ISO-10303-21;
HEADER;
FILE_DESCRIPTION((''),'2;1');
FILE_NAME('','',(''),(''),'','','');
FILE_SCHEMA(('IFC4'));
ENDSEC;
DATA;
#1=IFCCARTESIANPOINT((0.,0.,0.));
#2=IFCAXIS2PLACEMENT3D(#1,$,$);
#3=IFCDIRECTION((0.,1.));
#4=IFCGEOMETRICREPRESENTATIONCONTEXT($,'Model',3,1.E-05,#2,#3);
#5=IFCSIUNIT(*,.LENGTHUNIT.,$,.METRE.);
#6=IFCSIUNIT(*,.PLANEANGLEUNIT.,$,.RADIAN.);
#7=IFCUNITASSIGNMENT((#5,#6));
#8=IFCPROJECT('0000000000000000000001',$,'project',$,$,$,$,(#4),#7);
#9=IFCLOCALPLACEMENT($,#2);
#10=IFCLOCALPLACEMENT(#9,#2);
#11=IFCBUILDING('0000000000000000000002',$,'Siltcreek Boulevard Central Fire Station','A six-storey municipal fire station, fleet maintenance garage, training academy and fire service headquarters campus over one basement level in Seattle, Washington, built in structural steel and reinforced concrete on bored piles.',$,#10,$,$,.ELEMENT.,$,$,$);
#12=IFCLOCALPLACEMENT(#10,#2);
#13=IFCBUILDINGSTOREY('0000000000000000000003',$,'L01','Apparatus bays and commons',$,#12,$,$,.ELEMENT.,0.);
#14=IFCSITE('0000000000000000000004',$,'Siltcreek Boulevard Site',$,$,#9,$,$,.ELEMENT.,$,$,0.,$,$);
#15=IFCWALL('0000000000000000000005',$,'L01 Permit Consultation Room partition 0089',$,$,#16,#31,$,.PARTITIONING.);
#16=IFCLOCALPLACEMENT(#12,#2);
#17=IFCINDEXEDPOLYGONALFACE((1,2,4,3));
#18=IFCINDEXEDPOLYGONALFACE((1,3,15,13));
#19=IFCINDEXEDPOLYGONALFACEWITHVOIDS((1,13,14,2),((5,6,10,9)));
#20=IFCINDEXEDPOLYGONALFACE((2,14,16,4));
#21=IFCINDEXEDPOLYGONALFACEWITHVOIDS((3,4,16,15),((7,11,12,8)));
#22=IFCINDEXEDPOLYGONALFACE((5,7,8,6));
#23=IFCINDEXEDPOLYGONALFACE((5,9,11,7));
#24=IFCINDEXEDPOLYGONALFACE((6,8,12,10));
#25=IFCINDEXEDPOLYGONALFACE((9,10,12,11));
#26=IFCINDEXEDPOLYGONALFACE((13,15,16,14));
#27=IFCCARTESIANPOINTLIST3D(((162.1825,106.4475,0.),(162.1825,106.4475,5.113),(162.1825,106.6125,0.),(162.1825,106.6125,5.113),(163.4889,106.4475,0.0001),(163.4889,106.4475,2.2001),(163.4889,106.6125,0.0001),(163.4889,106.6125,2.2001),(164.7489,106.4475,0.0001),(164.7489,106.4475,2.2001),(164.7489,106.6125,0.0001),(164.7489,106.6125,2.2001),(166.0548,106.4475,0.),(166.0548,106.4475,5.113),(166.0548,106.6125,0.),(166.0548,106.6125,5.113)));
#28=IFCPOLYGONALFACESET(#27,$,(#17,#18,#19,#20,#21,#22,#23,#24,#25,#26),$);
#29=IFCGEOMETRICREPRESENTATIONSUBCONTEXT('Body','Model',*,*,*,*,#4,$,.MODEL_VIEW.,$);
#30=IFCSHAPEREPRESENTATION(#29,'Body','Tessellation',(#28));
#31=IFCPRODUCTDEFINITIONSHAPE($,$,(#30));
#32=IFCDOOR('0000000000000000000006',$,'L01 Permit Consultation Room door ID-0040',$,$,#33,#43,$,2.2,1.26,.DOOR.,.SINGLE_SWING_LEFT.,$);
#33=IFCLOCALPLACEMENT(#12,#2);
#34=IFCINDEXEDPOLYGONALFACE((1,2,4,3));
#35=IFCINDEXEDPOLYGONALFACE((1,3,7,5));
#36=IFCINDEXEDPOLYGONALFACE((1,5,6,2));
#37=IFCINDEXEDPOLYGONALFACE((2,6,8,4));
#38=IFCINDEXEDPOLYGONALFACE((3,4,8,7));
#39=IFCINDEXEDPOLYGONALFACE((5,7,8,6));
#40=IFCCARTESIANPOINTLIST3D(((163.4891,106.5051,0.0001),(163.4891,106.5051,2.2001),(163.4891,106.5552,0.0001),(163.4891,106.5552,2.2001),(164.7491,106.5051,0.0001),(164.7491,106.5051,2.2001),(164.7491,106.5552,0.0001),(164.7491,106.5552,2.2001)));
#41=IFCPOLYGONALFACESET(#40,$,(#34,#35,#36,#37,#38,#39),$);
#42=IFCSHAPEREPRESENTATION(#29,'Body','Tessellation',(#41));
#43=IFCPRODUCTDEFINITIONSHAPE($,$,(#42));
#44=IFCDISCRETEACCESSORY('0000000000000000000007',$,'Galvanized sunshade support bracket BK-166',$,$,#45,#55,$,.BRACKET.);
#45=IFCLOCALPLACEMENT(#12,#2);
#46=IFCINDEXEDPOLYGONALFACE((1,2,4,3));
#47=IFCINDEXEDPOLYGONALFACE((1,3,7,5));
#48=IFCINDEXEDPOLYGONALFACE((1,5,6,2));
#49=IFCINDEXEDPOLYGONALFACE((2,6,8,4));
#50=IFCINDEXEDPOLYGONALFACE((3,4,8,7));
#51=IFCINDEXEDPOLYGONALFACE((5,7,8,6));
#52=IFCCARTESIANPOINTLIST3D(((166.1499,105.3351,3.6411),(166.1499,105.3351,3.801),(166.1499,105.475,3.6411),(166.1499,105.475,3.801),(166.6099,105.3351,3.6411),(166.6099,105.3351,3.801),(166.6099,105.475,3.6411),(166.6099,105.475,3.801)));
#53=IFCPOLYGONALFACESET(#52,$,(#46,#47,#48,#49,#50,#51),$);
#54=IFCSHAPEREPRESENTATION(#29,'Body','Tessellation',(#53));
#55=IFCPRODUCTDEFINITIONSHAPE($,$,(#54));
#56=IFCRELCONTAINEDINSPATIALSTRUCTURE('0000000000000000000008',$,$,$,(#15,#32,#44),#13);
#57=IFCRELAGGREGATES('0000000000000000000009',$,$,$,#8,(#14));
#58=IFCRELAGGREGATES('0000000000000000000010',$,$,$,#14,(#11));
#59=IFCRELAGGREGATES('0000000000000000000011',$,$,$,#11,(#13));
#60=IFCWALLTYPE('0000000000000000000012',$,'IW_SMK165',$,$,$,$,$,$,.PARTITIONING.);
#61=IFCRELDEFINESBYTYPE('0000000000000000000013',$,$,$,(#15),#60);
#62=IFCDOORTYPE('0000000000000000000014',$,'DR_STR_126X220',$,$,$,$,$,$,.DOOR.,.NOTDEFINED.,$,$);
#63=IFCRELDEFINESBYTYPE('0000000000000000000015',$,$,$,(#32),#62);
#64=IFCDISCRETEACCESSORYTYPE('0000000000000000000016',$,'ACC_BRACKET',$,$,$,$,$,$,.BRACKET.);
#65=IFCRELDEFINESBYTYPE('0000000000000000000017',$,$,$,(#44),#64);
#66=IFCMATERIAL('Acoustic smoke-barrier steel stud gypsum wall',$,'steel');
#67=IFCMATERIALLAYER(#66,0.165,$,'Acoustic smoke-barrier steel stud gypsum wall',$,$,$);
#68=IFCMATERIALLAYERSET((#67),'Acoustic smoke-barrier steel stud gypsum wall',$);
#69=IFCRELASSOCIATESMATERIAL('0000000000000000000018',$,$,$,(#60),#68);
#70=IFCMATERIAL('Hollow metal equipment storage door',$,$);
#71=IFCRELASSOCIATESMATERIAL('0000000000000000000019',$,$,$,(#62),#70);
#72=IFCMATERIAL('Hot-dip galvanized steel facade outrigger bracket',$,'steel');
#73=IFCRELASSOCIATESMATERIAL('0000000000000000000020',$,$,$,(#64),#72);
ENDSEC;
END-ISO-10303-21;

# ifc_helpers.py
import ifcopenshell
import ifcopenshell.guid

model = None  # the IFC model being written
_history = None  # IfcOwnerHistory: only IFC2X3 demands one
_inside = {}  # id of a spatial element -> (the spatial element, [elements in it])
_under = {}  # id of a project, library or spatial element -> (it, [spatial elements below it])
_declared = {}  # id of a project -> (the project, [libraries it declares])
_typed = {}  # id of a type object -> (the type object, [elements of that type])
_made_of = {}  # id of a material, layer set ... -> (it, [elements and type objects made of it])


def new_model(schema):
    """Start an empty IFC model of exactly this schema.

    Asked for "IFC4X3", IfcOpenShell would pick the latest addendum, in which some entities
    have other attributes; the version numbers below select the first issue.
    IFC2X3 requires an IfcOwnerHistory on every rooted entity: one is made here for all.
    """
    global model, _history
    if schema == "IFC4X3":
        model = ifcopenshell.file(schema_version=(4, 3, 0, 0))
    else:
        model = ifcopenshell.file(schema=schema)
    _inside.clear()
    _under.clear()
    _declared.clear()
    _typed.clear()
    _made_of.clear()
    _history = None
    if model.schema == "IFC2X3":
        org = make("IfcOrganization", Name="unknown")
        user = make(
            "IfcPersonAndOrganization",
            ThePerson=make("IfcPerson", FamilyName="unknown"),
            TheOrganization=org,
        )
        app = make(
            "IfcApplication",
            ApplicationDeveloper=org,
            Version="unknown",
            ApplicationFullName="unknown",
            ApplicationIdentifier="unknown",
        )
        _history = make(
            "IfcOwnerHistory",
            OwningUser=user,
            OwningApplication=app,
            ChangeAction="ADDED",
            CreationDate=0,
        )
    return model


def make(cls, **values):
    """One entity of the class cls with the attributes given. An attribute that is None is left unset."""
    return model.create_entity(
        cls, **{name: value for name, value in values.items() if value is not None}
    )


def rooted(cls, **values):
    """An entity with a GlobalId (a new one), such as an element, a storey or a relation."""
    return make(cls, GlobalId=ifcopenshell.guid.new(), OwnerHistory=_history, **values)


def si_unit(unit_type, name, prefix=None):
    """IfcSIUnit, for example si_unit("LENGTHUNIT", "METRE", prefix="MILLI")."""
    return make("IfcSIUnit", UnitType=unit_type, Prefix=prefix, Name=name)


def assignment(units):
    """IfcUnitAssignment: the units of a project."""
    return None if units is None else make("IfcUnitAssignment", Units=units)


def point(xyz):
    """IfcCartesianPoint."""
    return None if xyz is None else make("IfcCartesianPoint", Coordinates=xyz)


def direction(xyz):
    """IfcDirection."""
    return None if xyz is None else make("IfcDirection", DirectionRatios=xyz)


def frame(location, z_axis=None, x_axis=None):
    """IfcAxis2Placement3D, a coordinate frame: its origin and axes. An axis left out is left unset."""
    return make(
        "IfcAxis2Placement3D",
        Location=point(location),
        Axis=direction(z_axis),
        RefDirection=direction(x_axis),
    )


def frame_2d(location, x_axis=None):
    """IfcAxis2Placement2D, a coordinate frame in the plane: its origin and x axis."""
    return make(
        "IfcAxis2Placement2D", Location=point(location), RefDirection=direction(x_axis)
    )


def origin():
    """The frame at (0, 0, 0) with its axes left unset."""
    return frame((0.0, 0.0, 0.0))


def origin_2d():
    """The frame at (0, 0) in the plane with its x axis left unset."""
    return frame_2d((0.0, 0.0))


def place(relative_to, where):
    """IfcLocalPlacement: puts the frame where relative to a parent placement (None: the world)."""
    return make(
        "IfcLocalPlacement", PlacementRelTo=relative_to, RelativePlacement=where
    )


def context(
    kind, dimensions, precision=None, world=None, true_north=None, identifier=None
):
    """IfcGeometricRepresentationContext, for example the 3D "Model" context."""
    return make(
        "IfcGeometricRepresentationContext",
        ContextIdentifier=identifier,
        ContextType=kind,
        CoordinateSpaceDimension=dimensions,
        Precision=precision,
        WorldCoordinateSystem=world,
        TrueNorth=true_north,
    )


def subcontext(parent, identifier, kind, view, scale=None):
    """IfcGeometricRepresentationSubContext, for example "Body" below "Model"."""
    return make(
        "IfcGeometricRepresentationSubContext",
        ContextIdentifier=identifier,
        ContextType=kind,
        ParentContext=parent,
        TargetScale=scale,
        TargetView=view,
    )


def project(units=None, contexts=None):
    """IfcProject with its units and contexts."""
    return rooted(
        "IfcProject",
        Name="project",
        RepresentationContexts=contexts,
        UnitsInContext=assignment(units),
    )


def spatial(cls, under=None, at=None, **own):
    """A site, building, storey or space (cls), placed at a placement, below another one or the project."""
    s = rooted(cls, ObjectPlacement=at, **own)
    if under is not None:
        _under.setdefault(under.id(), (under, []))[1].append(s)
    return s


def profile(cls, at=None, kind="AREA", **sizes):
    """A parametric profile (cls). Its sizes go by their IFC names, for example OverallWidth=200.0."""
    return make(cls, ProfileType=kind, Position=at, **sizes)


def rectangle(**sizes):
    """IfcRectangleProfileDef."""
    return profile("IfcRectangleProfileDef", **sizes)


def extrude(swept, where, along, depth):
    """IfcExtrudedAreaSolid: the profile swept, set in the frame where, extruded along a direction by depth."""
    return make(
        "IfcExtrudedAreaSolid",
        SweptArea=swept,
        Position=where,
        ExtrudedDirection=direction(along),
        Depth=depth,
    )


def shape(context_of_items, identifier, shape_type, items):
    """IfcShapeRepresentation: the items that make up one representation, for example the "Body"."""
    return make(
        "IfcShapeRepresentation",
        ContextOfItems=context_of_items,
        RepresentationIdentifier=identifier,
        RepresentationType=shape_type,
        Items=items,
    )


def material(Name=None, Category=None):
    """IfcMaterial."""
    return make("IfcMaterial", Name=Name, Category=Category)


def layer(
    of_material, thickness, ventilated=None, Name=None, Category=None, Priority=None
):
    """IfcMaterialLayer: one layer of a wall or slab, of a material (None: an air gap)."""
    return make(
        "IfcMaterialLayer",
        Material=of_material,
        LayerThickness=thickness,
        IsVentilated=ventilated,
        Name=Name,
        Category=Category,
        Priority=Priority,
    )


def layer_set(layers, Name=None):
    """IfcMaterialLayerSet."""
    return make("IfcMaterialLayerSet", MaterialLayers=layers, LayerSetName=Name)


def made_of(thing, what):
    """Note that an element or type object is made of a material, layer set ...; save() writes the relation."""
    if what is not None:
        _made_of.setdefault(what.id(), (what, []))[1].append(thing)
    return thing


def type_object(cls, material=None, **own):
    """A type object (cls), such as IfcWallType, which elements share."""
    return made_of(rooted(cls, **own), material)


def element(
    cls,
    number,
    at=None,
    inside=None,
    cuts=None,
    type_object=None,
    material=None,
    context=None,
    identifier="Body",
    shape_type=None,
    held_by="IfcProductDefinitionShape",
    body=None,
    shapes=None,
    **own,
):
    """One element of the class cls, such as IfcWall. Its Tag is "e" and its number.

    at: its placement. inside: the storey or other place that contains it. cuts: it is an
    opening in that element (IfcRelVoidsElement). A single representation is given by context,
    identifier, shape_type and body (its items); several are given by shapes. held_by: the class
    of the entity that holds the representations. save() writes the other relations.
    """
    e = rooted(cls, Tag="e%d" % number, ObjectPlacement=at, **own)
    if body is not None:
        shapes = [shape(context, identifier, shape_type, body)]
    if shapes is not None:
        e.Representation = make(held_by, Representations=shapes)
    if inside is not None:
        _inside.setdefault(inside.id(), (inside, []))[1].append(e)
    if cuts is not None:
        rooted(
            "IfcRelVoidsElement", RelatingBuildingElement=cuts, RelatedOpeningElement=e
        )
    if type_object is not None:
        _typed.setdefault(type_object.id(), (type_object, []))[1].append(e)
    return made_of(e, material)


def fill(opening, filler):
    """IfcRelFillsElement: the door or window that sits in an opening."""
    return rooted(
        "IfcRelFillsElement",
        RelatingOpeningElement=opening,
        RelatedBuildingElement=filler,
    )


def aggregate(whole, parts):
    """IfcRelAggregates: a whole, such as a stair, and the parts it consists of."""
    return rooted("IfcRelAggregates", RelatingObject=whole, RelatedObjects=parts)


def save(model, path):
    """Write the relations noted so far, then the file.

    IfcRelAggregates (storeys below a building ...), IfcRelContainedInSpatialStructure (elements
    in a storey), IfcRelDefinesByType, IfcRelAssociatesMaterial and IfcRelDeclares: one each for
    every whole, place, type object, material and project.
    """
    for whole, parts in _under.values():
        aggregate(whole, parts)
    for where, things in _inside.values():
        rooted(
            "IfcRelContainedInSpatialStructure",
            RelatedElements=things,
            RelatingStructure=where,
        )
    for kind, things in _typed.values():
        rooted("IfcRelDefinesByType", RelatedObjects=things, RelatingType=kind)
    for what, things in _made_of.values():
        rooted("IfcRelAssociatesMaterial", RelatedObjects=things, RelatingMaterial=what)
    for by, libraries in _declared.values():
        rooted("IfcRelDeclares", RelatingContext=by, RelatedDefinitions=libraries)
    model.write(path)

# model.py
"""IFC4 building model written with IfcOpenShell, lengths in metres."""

from ifc_helpers import new_model, si_unit, direction, frame, frame_2d, origin, origin_2d, place, context, subcontext, project, spatial, rectangle, extrude, material, layer, layer_set, type_object, element, fill, save


model = new_model("IFC4")

# Units and contexts
model_context = context("Model", 3, precision=1e-05, world=origin(), true_north=direction((0.0, 1.0)))
body_context = subcontext(model_context, "Body", "Model", "MODEL_VIEW")
ifc_project = project(units=[si_unit("LENGTHUNIT", "METRE"), si_unit("PLANEANGLEUNIT", "RADIAN")], contexts=[model_context])

# Site, building, storey
site_placement = place(None, origin())
site = spatial("IfcSite", under=ifc_project, at=site_placement, Name="Siltcreek Boulevard Site", CompositionType="ELEMENT", RefElevation=0.0)
building_placement = place(site_placement, origin())
building = spatial("IfcBuilding", under=site, at=building_placement, Name="Siltcreek Boulevard Central Fire Station", Description="A six-storey municipal fire station, fleet maintenance garage, training academy and fire service headquarters campus over one basement level in Seattle, Washington, built in structural steel and reinforced concrete on bored piles.", CompositionType="ELEMENT")
storey_placement = place(building_placement, origin())
storey = spatial("IfcBuildingStorey", under=building, at=storey_placement, Name="L01", Description="Apparatus bays and commons", CompositionType="ELEMENT", Elevation=0.0)

# Wall, opening, door
ifc_material_1 = material(Name="Acoustic smoke-barrier steel stud gypsum wall", Category="steel")
ifc_layer_1 = layer(ifc_material_1, 0.165, Name="Acoustic smoke-barrier steel stud gypsum wall")
ifc_layer_set_1 = layer_set([ifc_layer_1], Name="Acoustic smoke-barrier steel stud gypsum wall")
wall_type_1 = type_object("IfcWallType", Name="IW_SMK165", PredefinedType="PARTITIONING", material=ifc_layer_set_1)
wall_1_placement = place(storey_placement, frame((162.1826, 106.53, 0.0), z_axis=(0.0, 0.0, 1.0), x_axis=(1.0, 0.0, 0.0)))
wall_1 = element("IfcWall", 1, at=wall_1_placement, inside=storey, type_object=wall_type_1, Name="L01 Permit Consultation Room partition 0089", PredefinedType="PARTITIONING", context=body_context, shape_type="SweptSolid", body=[
    extrude(rectangle(XDim=3.8723, YDim=0.165, at=frame_2d((1.936, 0.0))), origin(), (0.0, 0.0, 1.0), 5.113),
])
opening_placement = place(wall_1_placement, frame((1.3064, 0.0, 0.0)))
opening = element("IfcOpeningElement", 2, at=opening_placement, cuts=wall_1, PredefinedType="OPENING", context=body_context, shape_type="SweptSolid", body=[
    extrude(rectangle(XDim=1.26, YDim=2.2, at=frame_2d((0.6299, 1.1001))), frame((0.0, 0.0925, 0.0), z_axis=(0.0, -1.0, 0.0), x_axis=(1.0, 0.0, 0.0)), (0.0, 0.0, 1.0), 0.1851),
])
ifc_material_2 = material(Name="Hollow metal equipment storage door")
door_type = type_object("IfcDoorType", Name="DR_STR_126X220", OperationType="NOTDEFINED", PredefinedType="DOOR", material=ifc_material_2)
door_placement = place(opening_placement, frame((1.26, 0.0, 0.0), z_axis=(0.0, 0.0, 1.0), x_axis=(-1.0, 0.0, 0.0)))
door = element("IfcDoor", 3, at=door_placement, inside=storey, type_object=door_type, Name="L01 Permit Consultation Room door ID-0040", OperationType="SINGLE_SWING_LEFT", OverallHeight=2.2, OverallWidth=1.26, PredefinedType="DOOR", context=body_context, shape_type="SweptSolid", body=[
    extrude(rectangle(XDim=1.26, YDim=2.2, at=frame_2d((0.6299, 1.1001))), frame((0.0, 0.0249, 0.0), z_axis=(0.0, -1.0, 0.0), x_axis=(1.0, 0.0, 0.0)), (0.0, 0.0, 1.0), 0.05),
])
fill(opening, door)

# Discrete accessory
ifc_material_3 = material(Name="Hot-dip galvanized steel facade outrigger bracket", Category="steel")
discrete_accessory_type = type_object("IfcDiscreteAccessoryType", Name="ACC_BRACKET", PredefinedType="BRACKET", material=ifc_material_3)
discrete_accessory_placement = place(storey_placement, frame((166.3799, 105.405, 3.6411), z_axis=(0.0, 0.0, 1.0), x_axis=(0.0, 1.0, 0.0)))
element("IfcDiscreteAccessory", 4, at=discrete_accessory_placement, inside=storey, type_object=discrete_accessory_type, Name="Galvanized sunshade support bracket BK-166", PredefinedType="BRACKET", context=body_context, shape_type="SweptSolid", body=[
    extrude(rectangle(XDim=0.1399, YDim=0.46, at=origin_2d()), origin(), (0.0, 0.0, 1.0), 0.1599),
])

save(model, "model.ifc")
